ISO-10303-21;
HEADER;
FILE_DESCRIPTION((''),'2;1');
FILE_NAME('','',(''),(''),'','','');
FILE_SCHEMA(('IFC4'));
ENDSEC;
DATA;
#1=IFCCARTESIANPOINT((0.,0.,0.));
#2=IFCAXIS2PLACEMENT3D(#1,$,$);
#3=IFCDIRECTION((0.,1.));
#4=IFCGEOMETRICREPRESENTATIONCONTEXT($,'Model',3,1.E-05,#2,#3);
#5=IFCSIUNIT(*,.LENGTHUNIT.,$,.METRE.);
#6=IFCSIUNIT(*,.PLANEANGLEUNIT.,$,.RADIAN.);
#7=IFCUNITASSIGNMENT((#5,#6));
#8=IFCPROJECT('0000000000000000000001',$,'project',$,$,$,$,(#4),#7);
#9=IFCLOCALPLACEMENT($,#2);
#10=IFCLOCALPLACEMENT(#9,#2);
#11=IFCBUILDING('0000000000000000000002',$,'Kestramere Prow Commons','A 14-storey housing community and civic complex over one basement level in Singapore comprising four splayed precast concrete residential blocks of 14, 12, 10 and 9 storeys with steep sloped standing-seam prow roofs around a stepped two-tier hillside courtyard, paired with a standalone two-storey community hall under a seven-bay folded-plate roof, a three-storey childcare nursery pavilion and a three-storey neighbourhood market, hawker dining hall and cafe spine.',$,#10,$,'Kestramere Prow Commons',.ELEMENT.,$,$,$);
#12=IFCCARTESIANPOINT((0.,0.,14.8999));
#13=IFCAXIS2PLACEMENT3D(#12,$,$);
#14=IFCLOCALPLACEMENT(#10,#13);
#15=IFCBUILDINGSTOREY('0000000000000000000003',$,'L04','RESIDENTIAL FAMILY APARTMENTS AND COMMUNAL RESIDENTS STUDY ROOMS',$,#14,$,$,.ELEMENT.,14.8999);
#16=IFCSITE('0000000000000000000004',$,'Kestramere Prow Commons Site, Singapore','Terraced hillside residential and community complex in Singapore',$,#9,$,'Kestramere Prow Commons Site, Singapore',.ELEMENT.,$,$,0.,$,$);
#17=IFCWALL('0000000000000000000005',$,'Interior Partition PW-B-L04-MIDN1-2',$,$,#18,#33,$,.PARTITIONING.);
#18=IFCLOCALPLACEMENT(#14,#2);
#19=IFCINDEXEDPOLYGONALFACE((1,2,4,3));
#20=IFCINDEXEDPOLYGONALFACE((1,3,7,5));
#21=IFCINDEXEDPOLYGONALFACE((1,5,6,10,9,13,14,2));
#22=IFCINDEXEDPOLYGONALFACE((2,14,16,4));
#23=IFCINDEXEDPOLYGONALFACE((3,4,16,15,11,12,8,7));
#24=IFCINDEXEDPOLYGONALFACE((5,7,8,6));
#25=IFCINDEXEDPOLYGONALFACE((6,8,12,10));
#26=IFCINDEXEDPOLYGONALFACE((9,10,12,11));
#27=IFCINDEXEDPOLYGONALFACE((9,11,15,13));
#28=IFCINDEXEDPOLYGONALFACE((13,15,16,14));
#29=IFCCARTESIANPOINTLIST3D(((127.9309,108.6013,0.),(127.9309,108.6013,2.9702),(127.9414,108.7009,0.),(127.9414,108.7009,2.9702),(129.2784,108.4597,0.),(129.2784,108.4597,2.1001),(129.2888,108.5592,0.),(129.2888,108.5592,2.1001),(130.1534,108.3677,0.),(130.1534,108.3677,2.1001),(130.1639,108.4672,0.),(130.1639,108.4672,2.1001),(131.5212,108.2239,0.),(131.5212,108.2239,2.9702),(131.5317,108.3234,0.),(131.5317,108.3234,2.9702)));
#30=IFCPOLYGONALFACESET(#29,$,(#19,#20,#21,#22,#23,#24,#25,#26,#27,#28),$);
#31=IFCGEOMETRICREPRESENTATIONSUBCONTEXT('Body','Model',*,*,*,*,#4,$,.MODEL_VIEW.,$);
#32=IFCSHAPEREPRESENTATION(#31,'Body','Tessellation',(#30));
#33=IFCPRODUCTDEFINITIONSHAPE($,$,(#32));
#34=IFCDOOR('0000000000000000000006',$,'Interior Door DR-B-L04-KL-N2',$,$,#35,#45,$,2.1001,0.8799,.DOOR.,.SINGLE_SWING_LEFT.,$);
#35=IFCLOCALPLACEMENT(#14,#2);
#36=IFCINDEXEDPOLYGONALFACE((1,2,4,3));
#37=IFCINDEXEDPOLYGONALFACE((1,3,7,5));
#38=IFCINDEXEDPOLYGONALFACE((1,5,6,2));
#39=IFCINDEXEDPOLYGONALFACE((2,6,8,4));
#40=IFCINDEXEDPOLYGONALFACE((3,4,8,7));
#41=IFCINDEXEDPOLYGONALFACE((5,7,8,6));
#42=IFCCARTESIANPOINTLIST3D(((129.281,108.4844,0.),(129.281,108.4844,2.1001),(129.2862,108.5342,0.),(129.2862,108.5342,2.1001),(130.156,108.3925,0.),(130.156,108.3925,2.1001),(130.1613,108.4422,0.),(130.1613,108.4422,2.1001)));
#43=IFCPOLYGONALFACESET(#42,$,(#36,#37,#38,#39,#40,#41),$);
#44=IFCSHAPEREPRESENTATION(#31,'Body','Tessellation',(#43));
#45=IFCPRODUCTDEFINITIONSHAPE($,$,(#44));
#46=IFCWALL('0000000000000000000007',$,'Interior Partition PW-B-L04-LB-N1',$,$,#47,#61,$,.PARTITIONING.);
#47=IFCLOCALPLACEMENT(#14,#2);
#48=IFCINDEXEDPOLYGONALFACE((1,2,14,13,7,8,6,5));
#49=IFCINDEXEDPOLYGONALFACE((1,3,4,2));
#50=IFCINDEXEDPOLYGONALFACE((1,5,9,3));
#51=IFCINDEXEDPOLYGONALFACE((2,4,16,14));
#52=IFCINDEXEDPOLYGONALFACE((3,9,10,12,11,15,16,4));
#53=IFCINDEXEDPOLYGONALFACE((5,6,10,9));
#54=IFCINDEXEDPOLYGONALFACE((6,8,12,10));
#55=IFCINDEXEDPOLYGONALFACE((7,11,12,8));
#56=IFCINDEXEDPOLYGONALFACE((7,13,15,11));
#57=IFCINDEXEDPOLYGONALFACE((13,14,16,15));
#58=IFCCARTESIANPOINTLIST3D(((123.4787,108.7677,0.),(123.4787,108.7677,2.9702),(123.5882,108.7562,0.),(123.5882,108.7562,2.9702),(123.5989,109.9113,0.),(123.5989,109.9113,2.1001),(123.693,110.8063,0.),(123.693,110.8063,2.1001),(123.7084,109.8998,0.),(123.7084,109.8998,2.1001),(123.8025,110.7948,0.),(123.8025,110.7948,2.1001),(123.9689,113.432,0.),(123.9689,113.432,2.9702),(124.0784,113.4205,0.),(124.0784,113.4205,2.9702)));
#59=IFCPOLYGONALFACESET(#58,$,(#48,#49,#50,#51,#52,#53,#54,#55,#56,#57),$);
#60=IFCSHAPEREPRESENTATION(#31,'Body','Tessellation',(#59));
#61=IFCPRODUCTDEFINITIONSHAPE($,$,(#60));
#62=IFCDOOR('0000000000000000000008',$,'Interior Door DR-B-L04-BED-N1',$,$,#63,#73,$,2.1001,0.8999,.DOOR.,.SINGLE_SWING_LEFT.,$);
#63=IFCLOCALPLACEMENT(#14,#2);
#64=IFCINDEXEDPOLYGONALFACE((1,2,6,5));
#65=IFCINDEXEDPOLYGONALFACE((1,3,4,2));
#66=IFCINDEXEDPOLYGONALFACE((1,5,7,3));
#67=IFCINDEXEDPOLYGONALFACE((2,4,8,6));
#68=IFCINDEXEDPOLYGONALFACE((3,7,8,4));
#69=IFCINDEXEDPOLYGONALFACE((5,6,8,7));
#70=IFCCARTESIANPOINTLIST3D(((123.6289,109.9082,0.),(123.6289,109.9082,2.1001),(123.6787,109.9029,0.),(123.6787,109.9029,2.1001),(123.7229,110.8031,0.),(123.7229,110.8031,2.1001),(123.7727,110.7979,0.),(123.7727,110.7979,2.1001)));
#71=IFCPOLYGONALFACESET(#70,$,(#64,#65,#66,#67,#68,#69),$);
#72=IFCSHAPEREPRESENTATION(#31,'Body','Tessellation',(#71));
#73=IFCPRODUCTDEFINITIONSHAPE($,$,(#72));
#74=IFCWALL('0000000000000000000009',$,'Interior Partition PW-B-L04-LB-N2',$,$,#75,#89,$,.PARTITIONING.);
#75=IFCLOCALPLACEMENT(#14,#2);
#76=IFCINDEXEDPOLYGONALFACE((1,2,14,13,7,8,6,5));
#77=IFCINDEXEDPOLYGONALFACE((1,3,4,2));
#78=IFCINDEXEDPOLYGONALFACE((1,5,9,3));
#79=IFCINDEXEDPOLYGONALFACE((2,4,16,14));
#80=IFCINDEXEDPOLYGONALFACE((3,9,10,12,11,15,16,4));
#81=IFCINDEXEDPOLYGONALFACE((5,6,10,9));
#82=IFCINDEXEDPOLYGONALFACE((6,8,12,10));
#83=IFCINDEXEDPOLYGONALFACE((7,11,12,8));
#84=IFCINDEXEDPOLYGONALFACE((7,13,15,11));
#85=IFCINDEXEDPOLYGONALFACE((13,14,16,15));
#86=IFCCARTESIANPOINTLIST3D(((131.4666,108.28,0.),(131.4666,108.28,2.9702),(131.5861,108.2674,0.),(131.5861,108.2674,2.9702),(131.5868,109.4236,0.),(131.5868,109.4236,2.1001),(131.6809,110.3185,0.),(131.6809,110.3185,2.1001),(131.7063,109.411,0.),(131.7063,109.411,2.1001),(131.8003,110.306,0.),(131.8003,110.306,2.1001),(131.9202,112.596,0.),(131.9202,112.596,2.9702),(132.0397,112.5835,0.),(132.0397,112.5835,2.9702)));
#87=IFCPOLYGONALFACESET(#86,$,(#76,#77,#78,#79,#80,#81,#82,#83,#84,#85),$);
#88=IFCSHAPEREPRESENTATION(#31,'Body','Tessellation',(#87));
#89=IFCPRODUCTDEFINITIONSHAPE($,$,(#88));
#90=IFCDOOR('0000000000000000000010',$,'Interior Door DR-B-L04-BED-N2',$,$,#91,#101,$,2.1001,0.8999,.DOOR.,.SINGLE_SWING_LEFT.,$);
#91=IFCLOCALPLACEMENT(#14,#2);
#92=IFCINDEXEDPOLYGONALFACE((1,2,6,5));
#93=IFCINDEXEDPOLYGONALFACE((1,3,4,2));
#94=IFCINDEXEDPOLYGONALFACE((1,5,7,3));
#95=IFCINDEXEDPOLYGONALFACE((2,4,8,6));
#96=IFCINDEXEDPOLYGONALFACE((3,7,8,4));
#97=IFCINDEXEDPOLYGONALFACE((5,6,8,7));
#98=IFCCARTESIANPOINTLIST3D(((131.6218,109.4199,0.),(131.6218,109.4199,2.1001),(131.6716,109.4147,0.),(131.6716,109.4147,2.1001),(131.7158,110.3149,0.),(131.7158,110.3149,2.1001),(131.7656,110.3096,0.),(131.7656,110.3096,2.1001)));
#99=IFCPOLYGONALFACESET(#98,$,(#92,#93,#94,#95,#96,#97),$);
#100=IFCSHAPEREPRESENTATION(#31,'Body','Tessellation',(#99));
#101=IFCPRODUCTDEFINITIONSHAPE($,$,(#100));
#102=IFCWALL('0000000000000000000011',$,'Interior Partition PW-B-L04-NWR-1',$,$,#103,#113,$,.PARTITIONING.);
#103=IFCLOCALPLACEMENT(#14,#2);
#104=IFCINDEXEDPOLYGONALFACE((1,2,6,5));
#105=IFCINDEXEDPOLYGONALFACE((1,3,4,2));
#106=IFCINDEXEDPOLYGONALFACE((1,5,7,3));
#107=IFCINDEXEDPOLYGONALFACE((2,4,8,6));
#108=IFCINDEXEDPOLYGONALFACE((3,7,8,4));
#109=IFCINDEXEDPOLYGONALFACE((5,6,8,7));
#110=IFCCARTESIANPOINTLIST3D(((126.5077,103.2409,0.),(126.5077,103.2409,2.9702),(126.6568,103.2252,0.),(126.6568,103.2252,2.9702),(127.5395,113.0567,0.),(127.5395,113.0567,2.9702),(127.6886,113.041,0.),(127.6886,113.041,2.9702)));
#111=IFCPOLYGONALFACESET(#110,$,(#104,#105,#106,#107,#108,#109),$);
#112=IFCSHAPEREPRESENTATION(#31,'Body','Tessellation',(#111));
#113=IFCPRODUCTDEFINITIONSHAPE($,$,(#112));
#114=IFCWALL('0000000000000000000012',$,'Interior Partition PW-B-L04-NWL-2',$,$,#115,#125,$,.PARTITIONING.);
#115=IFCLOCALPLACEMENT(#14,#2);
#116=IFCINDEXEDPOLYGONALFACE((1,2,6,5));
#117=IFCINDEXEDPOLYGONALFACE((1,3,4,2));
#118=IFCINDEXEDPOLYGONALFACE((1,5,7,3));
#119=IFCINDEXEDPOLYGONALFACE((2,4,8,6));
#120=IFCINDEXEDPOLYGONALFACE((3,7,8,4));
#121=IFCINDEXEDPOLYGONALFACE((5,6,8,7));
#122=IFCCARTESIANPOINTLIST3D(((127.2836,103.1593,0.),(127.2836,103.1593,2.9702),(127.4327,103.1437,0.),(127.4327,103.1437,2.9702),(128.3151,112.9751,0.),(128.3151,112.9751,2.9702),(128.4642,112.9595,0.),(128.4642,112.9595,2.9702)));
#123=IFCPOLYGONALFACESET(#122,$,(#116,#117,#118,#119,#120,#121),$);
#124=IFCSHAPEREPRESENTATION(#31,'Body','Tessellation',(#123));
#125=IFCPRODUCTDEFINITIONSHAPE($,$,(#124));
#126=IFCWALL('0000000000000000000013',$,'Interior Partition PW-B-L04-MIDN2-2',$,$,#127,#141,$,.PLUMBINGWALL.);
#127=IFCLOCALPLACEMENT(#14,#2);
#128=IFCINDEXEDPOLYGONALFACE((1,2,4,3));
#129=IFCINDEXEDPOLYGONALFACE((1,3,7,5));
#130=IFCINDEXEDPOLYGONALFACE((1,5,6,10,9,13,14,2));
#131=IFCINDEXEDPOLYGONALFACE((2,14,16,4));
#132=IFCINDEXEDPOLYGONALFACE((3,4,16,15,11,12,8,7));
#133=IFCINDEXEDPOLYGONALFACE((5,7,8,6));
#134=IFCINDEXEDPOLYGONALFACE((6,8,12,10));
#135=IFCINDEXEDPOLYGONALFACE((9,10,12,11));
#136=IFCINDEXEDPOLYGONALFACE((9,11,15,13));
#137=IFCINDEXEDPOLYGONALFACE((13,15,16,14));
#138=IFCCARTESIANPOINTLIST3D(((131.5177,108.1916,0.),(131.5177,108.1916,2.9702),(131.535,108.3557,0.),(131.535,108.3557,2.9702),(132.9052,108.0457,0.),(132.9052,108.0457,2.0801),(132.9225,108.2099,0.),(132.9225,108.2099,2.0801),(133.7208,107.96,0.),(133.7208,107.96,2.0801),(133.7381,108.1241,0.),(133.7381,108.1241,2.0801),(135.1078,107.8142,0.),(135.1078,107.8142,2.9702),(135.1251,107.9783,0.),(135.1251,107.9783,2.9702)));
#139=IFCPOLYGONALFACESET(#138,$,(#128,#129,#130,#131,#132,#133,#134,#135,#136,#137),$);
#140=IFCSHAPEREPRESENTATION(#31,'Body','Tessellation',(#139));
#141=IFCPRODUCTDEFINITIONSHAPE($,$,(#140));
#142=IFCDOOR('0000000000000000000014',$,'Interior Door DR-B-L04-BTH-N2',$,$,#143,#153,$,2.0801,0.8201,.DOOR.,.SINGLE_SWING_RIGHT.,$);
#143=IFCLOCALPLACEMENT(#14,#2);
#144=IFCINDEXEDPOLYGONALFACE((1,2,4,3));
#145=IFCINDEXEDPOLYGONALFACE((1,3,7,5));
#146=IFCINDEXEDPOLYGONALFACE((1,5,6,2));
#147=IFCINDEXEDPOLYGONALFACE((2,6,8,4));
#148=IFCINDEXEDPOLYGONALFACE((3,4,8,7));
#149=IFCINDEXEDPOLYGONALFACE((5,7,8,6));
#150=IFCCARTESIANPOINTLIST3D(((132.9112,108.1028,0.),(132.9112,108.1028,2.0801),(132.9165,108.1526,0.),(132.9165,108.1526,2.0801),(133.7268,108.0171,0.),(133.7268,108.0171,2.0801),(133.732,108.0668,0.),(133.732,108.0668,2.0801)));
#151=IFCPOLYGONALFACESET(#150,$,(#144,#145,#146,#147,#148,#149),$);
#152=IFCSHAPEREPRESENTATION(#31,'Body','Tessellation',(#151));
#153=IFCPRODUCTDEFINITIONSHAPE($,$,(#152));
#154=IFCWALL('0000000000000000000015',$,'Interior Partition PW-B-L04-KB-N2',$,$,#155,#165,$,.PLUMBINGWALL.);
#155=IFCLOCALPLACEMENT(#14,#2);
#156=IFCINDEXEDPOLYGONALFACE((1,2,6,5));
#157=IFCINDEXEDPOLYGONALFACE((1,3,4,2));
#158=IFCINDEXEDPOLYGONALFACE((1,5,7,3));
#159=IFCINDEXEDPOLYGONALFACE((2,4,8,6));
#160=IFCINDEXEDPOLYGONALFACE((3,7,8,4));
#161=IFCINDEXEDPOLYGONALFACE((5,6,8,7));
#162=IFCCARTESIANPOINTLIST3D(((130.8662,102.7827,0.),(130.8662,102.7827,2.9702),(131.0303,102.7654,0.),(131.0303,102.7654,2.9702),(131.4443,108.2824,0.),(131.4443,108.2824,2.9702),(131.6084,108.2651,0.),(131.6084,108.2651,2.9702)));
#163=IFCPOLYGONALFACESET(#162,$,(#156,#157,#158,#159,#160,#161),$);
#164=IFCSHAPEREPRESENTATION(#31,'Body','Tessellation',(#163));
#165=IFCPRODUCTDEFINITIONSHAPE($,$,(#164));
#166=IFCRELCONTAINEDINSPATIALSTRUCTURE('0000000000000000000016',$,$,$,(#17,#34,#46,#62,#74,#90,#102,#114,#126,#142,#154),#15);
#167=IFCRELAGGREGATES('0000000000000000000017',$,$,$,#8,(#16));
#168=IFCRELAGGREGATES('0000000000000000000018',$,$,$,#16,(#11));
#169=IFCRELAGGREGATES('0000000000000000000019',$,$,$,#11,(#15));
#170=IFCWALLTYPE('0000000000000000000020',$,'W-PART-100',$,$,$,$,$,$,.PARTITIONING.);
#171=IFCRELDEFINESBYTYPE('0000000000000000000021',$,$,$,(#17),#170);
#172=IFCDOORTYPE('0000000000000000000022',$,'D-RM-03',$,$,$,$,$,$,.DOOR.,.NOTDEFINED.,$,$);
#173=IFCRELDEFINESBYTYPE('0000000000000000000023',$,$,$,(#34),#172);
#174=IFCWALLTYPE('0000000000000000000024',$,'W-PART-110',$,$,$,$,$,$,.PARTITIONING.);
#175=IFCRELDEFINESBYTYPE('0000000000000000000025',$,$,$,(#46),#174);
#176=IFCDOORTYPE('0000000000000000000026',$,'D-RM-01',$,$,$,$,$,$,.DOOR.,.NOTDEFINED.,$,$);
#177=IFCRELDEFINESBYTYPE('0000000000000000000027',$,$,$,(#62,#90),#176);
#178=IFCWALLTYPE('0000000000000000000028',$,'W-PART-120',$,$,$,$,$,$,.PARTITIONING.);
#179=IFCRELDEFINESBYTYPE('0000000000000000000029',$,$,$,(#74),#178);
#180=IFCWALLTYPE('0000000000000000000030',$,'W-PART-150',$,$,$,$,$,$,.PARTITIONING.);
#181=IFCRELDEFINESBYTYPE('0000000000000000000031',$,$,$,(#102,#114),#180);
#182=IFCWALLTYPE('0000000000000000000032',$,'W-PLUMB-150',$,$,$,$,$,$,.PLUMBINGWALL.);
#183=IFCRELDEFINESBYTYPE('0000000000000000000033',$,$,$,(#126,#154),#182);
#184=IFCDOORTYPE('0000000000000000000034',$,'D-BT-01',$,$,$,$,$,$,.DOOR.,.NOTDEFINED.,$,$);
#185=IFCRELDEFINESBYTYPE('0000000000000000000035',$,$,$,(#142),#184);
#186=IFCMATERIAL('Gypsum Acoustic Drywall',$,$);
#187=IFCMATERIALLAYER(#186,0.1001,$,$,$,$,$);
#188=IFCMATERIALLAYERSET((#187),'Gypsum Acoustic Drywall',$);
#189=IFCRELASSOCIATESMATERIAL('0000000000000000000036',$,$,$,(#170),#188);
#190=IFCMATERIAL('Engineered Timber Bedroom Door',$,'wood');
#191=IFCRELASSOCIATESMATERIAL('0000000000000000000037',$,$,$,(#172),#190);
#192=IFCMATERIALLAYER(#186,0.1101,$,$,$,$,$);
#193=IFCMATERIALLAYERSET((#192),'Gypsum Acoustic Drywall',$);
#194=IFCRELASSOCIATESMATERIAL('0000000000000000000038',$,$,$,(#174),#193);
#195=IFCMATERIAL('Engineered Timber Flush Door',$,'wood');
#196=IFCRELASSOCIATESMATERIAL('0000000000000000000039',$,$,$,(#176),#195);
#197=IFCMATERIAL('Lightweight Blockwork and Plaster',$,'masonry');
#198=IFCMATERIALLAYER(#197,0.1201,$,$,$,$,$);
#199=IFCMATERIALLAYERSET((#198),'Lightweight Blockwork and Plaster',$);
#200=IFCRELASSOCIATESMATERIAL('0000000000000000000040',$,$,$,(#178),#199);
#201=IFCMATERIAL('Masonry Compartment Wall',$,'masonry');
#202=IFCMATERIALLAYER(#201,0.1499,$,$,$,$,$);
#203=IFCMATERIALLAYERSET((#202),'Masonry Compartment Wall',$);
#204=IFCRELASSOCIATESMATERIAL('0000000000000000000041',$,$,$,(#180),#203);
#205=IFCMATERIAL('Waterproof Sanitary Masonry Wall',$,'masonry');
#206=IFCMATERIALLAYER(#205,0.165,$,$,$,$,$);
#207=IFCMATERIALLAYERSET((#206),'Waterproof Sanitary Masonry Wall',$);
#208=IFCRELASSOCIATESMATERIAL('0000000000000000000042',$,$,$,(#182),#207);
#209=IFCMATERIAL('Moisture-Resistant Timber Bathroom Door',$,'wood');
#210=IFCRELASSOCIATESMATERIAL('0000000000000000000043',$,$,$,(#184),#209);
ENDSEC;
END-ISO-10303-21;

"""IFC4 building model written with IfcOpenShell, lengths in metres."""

from ifc_helpers import new_model, si_unit, direction, frame, frame_2d, origin, place, context, subcontext, project, spatial, rectangle, extrude, material, layer, layer_set, type_object, element, fill, save


model = new_model("IFC4")

# Units and contexts
model_context = context("Model", 3, precision=1e-05, world=origin(), true_north=direction((0.0, 1.0)))
body_context = subcontext(model_context, "Body", "Model", "MODEL_VIEW")
ifc_project = project(units=[si_unit("LENGTHUNIT", "METRE"), si_unit("PLANEANGLEUNIT", "RADIAN")], contexts=[model_context])

# Site, building, storey
site_placement = place(None, origin())
site = spatial("IfcSite", under=ifc_project, at=site_placement, Name="Kestramere Prow Commons Site, Singapore", Description="Terraced hillside residential and community complex in Singapore", LongName="Kestramere Prow Commons Site, Singapore", CompositionType="ELEMENT", RefElevation=0.0)
building_placement = place(site_placement, origin())
building = spatial("IfcBuilding", under=site, at=building_placement, Name="Kestramere Prow Commons", Description="A 14-storey housing community and civic complex over one basement level in Singapore comprising four splayed precast concrete residential blocks of 14, 12, 10 and 9 storeys with steep sloped standing-seam prow roofs around a stepped two-tier hillside courtyard, paired with a standalone two-storey community hall under a seven-bay folded-plate roof, a three-storey childcare nursery pavilion and a three-storey neighbourhood market, hawker dining hall and cafe spine.", LongName="Kestramere Prow Commons", CompositionType="ELEMENT")
storey_placement = place(building_placement, frame((0.0, 0.0, 14.8999)))
storey = spatial("IfcBuildingStorey", under=building, at=storey_placement, Name="L04", Description="RESIDENTIAL FAMILY APARTMENTS AND COMMUNAL RESIDENTS STUDY ROOMS", CompositionType="ELEMENT", Elevation=14.8999)

# Walls, openings, doors
ifc_material_1 = material(Name="Gypsum Acoustic Drywall")
ifc_layer_1 = layer(ifc_material_1, 0.1001)
ifc_layer_set_1 = layer_set([ifc_layer_1], Name="Gypsum Acoustic Drywall")
wall_type_1 = type_object("IfcWallType", Name="W-PART-100", PredefinedType="PARTITIONING", material=ifc_layer_set_1)
wall_1_placement = place(storey_placement, frame((127.936, 108.6511, 0.0), z_axis=(0.0, 0.0, 1.0), x_axis=(0.99452, -0.104551, 0.0)))
wall_1 = element("IfcWall", 1, at=wall_1_placement, inside=storey, type_object=wall_type_1, Name="Interior Partition PW-B-L04-MIDN1-2", PredefinedType="PARTITIONING", context=body_context, shape_type="SweptSolid", body=[
    extrude(rectangle(XDim=3.6101, YDim=0.1001, at=frame_2d((1.8052, 0.0))), origin(), (0.0, 0.0, 1.0), 2.9702),
])
opening_1_placement = place(wall_1_placement, frame((1.355, 0.0, 0.0)))
opening_1 = element("IfcOpeningElement", 2, at=opening_1_placement, cuts=wall_1, PredefinedType="OPENING", context=body_context, shape_type="SweptSolid", body=[
    extrude(rectangle(XDim=0.8799, YDim=2.1001, at=frame_2d((0.4399, 1.05))), frame((0.0, 0.0649, 0.0), z_axis=(0.0, -1.0, 0.0), x_axis=(1.0, 0.0, 0.0)), (0.0, 0.0, 1.0), 0.1301),
])
ifc_material_2 = material(Name="Engineered Timber Bedroom Door", Category="wood")
door_type_1 = type_object("IfcDoorType", Name="D-RM-03", OperationType="NOTDEFINED", PredefinedType="DOOR", material=ifc_material_2)
door_1_placement = place(opening_1_placement, origin())
door_1 = element("IfcDoor", 3, at=door_1_placement, inside=storey, type_object=door_type_1, Name="Interior Door DR-B-L04-KL-N2", OperationType="SINGLE_SWING_LEFT", OverallHeight=2.1001, OverallWidth=0.8799, PredefinedType="DOOR", context=body_context, shape_type="SweptSolid", body=[
    extrude(rectangle(XDim=0.8799, YDim=2.1001, at=frame_2d((0.4399, 1.05))), frame((0.0, 0.0249, 0.0), z_axis=(0.0, -1.0, 0.0), x_axis=(1.0, 0.0, 0.0)), (0.0, 0.0, 1.0), 0.05),
])
fill(opening_1, door_1)
ifc_layer_2 = layer(ifc_material_1, 0.1101)
ifc_layer_set_2 = layer_set([ifc_layer_2], Name="Gypsum Acoustic Drywall")
wall_type_2 = type_object("IfcWallType", Name="W-PART-110", PredefinedType="PARTITIONING", material=ifc_layer_set_2)
wall_2_placement = place(storey_placement, frame((123.5334, 108.762, 0.0), z_axis=(0.0, 0.0, 1.0), x_axis=(0.104528, 0.994522, 0.0)))
wall_2 = element("IfcWall", 4, at=wall_2_placement, inside=storey, type_object=wall_type_2, Name="Interior Partition PW-B-L04-LB-N1", PredefinedType="PARTITIONING", context=body_context, shape_type="SweptSolid", body=[
    extrude(rectangle(XDim=4.6899, YDim=0.1101, at=frame_2d((2.345, 0.0))), origin(), (0.0, 0.0, 1.0), 2.9702),
])
opening_2_placement = place(wall_2_placement, frame((1.1499, 0.0, 0.0)))
opening_2 = element("IfcOpeningElement", 5, at=opening_2_placement, cuts=wall_2, PredefinedType="OPENING", context=body_context, shape_type="SweptSolid", body=[
    extrude(rectangle(XDim=0.8999, YDim=2.1001, at=frame_2d((0.45, 1.05))), frame((0.0, 0.0701, 0.0), z_axis=(0.0, -1.0, 0.0), x_axis=(1.0, 0.0, 0.0)), (0.0, 0.0, 1.0), 0.1401),
])
ifc_material_3 = material(Name="Engineered Timber Flush Door", Category="wood")
door_type_2 = type_object("IfcDoorType", Name="D-RM-01", OperationType="NOTDEFINED", PredefinedType="DOOR", material=ifc_material_3)
door_2_placement = place(opening_2_placement, origin())
door_2 = element("IfcDoor", 6, at=door_2_placement, inside=storey, type_object=door_type_2, Name="Interior Door DR-B-L04-BED-N1", OperationType="SINGLE_SWING_LEFT", OverallHeight=2.1001, OverallWidth=0.8999, PredefinedType="DOOR", context=body_context, shape_type="SweptSolid", body=[
    extrude(rectangle(XDim=0.8999, YDim=2.1001, at=frame_2d((0.45, 1.05))), frame((0.0, 0.0249, 0.0), z_axis=(0.0, -1.0, 0.0), x_axis=(1.0, 0.0, 0.0)), (0.0, 0.0, 1.0), 0.05),
])
fill(opening_2, door_2)
ifc_material_4 = material(Name="Lightweight Blockwork and Plaster", Category="masonry")
ifc_layer_3 = layer(ifc_material_4, 0.1201)
ifc_layer_set_3 = layer_set([ifc_layer_3], Name="Lightweight Blockwork and Plaster")
wall_type_3 = type_object("IfcWallType", Name="W-PART-120", PredefinedType="PARTITIONING", material=ifc_layer_set_3)
wall_3_placement = place(storey_placement, frame((131.5264, 108.2737, 0.0), z_axis=(0.0, 0.0, 1.0), x_axis=(0.104521, 0.994523, 0.0)))
wall_3 = element("IfcWall", 7, at=wall_3_placement, inside=storey, type_object=wall_type_3, Name="Interior Partition PW-B-L04-LB-N2", PredefinedType="PARTITIONING", context=body_context, shape_type="SweptSolid", body=[
    extrude(rectangle(XDim=4.3398, YDim=0.1201, at=frame_2d((2.1699, 0.0))), origin(), (0.0, 0.0, 1.0), 2.9702),
])
opening_3_placement = place(wall_3_placement, frame((1.1499, 0.0, 0.0)))
opening_3 = element("IfcOpeningElement", 8, at=opening_3_placement, cuts=wall_3, PredefinedType="OPENING", context=body_context, shape_type="SweptSolid", body=[
    extrude(rectangle(XDim=0.8999, YDim=2.1001, at=frame_2d((0.45, 1.05))), frame((0.0, 0.075, 0.0), z_axis=(0.0, -1.0, 0.0), x_axis=(1.0, 0.0, 0.0)), (0.0, 0.0, 1.0), 0.1501),
])
door_3_placement = place(opening_3_placement, origin())
door_3 = element("IfcDoor", 9, at=door_3_placement, inside=storey, type_object=door_type_2, Name="Interior Door DR-B-L04-BED-N2", OperationType="SINGLE_SWING_LEFT", OverallHeight=2.1001, OverallWidth=0.8999, PredefinedType="DOOR", context=body_context, shape_type="SweptSolid", body=[
    extrude(rectangle(XDim=0.8999, YDim=2.1001, at=frame_2d((0.45, 1.05))), frame((0.0, 0.0249, 0.0), z_axis=(0.0, -1.0, 0.0), x_axis=(1.0, 0.0, 0.0)), (0.0, 0.0, 1.0), 0.05),
])
fill(opening_3, door_3)

# Walls
ifc_material_5 = material(Name="Masonry Compartment Wall", Category="masonry")
ifc_layer_4 = layer(ifc_material_5, 0.1499)
ifc_layer_set_4 = layer_set([ifc_layer_4], Name="Masonry Compartment Wall")
wall_type_4 = type_object("IfcWallType", Name="W-PART-150", PredefinedType="PARTITIONING", material=ifc_layer_set_4)
for number, where, z_axis, x_axis, name in (
    (10, (126.5823, 103.2329, 0.0), (0.0, 0.0, 1.0), (0.104533, 0.994521, 0.0), "Interior Partition PW-B-L04-NWR-1"),
    (11, (127.3582, 103.1514, 0.0), (0.0, 0.0, 1.0), (0.104508, 0.994524, 0.0), "Interior Partition PW-B-L04-NWL-2"),
):
    element("IfcWall", number, at=place(storey_placement, frame(where, z_axis=z_axis, x_axis=x_axis)), inside=storey, type_object=wall_type_4, Name=name, PredefinedType="PARTITIONING", context=body_context, shape_type="SweptSolid", body=[
        extrude(rectangle(XDim=9.8699, YDim=0.1499, at=frame_2d((4.9351, 0.0))), origin(), (0.0, 0.0, 1.0), 2.9702),
    ])

# Wall, opening, door
ifc_material_6 = material(Name="Waterproof Sanitary Masonry Wall", Category="masonry")
ifc_layer_5 = layer(ifc_material_6, 0.165)
ifc_layer_set_5 = layer_set([ifc_layer_5], Name="Waterproof Sanitary Masonry Wall")
wall_type_5 = type_object("IfcWallType", Name="W-PLUMB-150", PredefinedType="PLUMBINGWALL", material=ifc_layer_set_5)
wall_4_placement = place(storey_placement, frame((131.5264, 108.2737, 0.0), z_axis=(0.0, 0.0, 1.0), x_axis=(0.994519, -0.104558, 0.0)))
wall_4 = element("IfcWall", 12, at=wall_4_placement, inside=storey, type_object=wall_type_5, Name="Interior Partition PW-B-L04-MIDN2-2", PredefinedType="PLUMBINGWALL", context=body_context, shape_type="SweptSolid", body=[
    extrude(rectangle(XDim=3.6099, YDim=0.165, at=frame_2d((1.8049, 0.0))), origin(), (0.0, 0.0, 1.0), 2.9702),
])
opening_4_placement = place(wall_4_placement, frame((1.395, 0.0, 0.0)))
opening_4 = element("IfcOpeningElement", 13, at=opening_4_placement, cuts=wall_4, PredefinedType="OPENING", context=body_context, shape_type="SweptSolid", body=[
    extrude(rectangle(XDim=0.8201, YDim=2.0801, at=frame_2d((0.4102, 1.04))), frame((0.0, 0.0974, 0.0), z_axis=(0.0, -1.0, 0.0), x_axis=(1.0, 0.0, 0.0)), (0.0, 0.0, 1.0), 0.1951),
])
ifc_material_7 = material(Name="Moisture-Resistant Timber Bathroom Door", Category="wood")
door_type_3 = type_object("IfcDoorType", Name="D-BT-01", OperationType="NOTDEFINED", PredefinedType="DOOR", material=ifc_material_7)
door_4_placement = place(opening_4_placement, origin())
door_4 = element("IfcDoor", 14, at=door_4_placement, inside=storey, type_object=door_type_3, Name="Interior Door DR-B-L04-BTH-N2", OperationType="SINGLE_SWING_RIGHT", OverallHeight=2.0801, OverallWidth=0.8201, PredefinedType="DOOR", context=body_context, shape_type="SweptSolid", body=[
    extrude(rectangle(XDim=0.8201, YDim=2.0801, at=frame_2d((0.4102, 1.04))), frame((0.0, 0.0249, 0.0), z_axis=(0.0, -1.0, 0.0), x_axis=(1.0, 0.0, 0.0)), (0.0, 0.0, 1.0), 0.05),
])
fill(opening_4, door_4)

# Wall
wall_5_placement = place(storey_placement, frame((130.9482, 102.7739, 0.0), z_axis=(0.0, 0.0, 1.0), x_axis=(0.104542, 0.99452, 0.0)))
element("IfcWall", 15, at=wall_5_placement, inside=storey, type_object=wall_type_5, Name="Interior Partition PW-B-L04-KB-N2", PredefinedType="PLUMBINGWALL", context=body_context, shape_type="SweptSolid", body=[
    extrude(rectangle(XDim=5.53, YDim=0.165, at=frame_2d((2.7651, 0.0))), origin(), (0.0, 0.0, 1.0), 2.9702),
])

save(model, "model.ifc")
